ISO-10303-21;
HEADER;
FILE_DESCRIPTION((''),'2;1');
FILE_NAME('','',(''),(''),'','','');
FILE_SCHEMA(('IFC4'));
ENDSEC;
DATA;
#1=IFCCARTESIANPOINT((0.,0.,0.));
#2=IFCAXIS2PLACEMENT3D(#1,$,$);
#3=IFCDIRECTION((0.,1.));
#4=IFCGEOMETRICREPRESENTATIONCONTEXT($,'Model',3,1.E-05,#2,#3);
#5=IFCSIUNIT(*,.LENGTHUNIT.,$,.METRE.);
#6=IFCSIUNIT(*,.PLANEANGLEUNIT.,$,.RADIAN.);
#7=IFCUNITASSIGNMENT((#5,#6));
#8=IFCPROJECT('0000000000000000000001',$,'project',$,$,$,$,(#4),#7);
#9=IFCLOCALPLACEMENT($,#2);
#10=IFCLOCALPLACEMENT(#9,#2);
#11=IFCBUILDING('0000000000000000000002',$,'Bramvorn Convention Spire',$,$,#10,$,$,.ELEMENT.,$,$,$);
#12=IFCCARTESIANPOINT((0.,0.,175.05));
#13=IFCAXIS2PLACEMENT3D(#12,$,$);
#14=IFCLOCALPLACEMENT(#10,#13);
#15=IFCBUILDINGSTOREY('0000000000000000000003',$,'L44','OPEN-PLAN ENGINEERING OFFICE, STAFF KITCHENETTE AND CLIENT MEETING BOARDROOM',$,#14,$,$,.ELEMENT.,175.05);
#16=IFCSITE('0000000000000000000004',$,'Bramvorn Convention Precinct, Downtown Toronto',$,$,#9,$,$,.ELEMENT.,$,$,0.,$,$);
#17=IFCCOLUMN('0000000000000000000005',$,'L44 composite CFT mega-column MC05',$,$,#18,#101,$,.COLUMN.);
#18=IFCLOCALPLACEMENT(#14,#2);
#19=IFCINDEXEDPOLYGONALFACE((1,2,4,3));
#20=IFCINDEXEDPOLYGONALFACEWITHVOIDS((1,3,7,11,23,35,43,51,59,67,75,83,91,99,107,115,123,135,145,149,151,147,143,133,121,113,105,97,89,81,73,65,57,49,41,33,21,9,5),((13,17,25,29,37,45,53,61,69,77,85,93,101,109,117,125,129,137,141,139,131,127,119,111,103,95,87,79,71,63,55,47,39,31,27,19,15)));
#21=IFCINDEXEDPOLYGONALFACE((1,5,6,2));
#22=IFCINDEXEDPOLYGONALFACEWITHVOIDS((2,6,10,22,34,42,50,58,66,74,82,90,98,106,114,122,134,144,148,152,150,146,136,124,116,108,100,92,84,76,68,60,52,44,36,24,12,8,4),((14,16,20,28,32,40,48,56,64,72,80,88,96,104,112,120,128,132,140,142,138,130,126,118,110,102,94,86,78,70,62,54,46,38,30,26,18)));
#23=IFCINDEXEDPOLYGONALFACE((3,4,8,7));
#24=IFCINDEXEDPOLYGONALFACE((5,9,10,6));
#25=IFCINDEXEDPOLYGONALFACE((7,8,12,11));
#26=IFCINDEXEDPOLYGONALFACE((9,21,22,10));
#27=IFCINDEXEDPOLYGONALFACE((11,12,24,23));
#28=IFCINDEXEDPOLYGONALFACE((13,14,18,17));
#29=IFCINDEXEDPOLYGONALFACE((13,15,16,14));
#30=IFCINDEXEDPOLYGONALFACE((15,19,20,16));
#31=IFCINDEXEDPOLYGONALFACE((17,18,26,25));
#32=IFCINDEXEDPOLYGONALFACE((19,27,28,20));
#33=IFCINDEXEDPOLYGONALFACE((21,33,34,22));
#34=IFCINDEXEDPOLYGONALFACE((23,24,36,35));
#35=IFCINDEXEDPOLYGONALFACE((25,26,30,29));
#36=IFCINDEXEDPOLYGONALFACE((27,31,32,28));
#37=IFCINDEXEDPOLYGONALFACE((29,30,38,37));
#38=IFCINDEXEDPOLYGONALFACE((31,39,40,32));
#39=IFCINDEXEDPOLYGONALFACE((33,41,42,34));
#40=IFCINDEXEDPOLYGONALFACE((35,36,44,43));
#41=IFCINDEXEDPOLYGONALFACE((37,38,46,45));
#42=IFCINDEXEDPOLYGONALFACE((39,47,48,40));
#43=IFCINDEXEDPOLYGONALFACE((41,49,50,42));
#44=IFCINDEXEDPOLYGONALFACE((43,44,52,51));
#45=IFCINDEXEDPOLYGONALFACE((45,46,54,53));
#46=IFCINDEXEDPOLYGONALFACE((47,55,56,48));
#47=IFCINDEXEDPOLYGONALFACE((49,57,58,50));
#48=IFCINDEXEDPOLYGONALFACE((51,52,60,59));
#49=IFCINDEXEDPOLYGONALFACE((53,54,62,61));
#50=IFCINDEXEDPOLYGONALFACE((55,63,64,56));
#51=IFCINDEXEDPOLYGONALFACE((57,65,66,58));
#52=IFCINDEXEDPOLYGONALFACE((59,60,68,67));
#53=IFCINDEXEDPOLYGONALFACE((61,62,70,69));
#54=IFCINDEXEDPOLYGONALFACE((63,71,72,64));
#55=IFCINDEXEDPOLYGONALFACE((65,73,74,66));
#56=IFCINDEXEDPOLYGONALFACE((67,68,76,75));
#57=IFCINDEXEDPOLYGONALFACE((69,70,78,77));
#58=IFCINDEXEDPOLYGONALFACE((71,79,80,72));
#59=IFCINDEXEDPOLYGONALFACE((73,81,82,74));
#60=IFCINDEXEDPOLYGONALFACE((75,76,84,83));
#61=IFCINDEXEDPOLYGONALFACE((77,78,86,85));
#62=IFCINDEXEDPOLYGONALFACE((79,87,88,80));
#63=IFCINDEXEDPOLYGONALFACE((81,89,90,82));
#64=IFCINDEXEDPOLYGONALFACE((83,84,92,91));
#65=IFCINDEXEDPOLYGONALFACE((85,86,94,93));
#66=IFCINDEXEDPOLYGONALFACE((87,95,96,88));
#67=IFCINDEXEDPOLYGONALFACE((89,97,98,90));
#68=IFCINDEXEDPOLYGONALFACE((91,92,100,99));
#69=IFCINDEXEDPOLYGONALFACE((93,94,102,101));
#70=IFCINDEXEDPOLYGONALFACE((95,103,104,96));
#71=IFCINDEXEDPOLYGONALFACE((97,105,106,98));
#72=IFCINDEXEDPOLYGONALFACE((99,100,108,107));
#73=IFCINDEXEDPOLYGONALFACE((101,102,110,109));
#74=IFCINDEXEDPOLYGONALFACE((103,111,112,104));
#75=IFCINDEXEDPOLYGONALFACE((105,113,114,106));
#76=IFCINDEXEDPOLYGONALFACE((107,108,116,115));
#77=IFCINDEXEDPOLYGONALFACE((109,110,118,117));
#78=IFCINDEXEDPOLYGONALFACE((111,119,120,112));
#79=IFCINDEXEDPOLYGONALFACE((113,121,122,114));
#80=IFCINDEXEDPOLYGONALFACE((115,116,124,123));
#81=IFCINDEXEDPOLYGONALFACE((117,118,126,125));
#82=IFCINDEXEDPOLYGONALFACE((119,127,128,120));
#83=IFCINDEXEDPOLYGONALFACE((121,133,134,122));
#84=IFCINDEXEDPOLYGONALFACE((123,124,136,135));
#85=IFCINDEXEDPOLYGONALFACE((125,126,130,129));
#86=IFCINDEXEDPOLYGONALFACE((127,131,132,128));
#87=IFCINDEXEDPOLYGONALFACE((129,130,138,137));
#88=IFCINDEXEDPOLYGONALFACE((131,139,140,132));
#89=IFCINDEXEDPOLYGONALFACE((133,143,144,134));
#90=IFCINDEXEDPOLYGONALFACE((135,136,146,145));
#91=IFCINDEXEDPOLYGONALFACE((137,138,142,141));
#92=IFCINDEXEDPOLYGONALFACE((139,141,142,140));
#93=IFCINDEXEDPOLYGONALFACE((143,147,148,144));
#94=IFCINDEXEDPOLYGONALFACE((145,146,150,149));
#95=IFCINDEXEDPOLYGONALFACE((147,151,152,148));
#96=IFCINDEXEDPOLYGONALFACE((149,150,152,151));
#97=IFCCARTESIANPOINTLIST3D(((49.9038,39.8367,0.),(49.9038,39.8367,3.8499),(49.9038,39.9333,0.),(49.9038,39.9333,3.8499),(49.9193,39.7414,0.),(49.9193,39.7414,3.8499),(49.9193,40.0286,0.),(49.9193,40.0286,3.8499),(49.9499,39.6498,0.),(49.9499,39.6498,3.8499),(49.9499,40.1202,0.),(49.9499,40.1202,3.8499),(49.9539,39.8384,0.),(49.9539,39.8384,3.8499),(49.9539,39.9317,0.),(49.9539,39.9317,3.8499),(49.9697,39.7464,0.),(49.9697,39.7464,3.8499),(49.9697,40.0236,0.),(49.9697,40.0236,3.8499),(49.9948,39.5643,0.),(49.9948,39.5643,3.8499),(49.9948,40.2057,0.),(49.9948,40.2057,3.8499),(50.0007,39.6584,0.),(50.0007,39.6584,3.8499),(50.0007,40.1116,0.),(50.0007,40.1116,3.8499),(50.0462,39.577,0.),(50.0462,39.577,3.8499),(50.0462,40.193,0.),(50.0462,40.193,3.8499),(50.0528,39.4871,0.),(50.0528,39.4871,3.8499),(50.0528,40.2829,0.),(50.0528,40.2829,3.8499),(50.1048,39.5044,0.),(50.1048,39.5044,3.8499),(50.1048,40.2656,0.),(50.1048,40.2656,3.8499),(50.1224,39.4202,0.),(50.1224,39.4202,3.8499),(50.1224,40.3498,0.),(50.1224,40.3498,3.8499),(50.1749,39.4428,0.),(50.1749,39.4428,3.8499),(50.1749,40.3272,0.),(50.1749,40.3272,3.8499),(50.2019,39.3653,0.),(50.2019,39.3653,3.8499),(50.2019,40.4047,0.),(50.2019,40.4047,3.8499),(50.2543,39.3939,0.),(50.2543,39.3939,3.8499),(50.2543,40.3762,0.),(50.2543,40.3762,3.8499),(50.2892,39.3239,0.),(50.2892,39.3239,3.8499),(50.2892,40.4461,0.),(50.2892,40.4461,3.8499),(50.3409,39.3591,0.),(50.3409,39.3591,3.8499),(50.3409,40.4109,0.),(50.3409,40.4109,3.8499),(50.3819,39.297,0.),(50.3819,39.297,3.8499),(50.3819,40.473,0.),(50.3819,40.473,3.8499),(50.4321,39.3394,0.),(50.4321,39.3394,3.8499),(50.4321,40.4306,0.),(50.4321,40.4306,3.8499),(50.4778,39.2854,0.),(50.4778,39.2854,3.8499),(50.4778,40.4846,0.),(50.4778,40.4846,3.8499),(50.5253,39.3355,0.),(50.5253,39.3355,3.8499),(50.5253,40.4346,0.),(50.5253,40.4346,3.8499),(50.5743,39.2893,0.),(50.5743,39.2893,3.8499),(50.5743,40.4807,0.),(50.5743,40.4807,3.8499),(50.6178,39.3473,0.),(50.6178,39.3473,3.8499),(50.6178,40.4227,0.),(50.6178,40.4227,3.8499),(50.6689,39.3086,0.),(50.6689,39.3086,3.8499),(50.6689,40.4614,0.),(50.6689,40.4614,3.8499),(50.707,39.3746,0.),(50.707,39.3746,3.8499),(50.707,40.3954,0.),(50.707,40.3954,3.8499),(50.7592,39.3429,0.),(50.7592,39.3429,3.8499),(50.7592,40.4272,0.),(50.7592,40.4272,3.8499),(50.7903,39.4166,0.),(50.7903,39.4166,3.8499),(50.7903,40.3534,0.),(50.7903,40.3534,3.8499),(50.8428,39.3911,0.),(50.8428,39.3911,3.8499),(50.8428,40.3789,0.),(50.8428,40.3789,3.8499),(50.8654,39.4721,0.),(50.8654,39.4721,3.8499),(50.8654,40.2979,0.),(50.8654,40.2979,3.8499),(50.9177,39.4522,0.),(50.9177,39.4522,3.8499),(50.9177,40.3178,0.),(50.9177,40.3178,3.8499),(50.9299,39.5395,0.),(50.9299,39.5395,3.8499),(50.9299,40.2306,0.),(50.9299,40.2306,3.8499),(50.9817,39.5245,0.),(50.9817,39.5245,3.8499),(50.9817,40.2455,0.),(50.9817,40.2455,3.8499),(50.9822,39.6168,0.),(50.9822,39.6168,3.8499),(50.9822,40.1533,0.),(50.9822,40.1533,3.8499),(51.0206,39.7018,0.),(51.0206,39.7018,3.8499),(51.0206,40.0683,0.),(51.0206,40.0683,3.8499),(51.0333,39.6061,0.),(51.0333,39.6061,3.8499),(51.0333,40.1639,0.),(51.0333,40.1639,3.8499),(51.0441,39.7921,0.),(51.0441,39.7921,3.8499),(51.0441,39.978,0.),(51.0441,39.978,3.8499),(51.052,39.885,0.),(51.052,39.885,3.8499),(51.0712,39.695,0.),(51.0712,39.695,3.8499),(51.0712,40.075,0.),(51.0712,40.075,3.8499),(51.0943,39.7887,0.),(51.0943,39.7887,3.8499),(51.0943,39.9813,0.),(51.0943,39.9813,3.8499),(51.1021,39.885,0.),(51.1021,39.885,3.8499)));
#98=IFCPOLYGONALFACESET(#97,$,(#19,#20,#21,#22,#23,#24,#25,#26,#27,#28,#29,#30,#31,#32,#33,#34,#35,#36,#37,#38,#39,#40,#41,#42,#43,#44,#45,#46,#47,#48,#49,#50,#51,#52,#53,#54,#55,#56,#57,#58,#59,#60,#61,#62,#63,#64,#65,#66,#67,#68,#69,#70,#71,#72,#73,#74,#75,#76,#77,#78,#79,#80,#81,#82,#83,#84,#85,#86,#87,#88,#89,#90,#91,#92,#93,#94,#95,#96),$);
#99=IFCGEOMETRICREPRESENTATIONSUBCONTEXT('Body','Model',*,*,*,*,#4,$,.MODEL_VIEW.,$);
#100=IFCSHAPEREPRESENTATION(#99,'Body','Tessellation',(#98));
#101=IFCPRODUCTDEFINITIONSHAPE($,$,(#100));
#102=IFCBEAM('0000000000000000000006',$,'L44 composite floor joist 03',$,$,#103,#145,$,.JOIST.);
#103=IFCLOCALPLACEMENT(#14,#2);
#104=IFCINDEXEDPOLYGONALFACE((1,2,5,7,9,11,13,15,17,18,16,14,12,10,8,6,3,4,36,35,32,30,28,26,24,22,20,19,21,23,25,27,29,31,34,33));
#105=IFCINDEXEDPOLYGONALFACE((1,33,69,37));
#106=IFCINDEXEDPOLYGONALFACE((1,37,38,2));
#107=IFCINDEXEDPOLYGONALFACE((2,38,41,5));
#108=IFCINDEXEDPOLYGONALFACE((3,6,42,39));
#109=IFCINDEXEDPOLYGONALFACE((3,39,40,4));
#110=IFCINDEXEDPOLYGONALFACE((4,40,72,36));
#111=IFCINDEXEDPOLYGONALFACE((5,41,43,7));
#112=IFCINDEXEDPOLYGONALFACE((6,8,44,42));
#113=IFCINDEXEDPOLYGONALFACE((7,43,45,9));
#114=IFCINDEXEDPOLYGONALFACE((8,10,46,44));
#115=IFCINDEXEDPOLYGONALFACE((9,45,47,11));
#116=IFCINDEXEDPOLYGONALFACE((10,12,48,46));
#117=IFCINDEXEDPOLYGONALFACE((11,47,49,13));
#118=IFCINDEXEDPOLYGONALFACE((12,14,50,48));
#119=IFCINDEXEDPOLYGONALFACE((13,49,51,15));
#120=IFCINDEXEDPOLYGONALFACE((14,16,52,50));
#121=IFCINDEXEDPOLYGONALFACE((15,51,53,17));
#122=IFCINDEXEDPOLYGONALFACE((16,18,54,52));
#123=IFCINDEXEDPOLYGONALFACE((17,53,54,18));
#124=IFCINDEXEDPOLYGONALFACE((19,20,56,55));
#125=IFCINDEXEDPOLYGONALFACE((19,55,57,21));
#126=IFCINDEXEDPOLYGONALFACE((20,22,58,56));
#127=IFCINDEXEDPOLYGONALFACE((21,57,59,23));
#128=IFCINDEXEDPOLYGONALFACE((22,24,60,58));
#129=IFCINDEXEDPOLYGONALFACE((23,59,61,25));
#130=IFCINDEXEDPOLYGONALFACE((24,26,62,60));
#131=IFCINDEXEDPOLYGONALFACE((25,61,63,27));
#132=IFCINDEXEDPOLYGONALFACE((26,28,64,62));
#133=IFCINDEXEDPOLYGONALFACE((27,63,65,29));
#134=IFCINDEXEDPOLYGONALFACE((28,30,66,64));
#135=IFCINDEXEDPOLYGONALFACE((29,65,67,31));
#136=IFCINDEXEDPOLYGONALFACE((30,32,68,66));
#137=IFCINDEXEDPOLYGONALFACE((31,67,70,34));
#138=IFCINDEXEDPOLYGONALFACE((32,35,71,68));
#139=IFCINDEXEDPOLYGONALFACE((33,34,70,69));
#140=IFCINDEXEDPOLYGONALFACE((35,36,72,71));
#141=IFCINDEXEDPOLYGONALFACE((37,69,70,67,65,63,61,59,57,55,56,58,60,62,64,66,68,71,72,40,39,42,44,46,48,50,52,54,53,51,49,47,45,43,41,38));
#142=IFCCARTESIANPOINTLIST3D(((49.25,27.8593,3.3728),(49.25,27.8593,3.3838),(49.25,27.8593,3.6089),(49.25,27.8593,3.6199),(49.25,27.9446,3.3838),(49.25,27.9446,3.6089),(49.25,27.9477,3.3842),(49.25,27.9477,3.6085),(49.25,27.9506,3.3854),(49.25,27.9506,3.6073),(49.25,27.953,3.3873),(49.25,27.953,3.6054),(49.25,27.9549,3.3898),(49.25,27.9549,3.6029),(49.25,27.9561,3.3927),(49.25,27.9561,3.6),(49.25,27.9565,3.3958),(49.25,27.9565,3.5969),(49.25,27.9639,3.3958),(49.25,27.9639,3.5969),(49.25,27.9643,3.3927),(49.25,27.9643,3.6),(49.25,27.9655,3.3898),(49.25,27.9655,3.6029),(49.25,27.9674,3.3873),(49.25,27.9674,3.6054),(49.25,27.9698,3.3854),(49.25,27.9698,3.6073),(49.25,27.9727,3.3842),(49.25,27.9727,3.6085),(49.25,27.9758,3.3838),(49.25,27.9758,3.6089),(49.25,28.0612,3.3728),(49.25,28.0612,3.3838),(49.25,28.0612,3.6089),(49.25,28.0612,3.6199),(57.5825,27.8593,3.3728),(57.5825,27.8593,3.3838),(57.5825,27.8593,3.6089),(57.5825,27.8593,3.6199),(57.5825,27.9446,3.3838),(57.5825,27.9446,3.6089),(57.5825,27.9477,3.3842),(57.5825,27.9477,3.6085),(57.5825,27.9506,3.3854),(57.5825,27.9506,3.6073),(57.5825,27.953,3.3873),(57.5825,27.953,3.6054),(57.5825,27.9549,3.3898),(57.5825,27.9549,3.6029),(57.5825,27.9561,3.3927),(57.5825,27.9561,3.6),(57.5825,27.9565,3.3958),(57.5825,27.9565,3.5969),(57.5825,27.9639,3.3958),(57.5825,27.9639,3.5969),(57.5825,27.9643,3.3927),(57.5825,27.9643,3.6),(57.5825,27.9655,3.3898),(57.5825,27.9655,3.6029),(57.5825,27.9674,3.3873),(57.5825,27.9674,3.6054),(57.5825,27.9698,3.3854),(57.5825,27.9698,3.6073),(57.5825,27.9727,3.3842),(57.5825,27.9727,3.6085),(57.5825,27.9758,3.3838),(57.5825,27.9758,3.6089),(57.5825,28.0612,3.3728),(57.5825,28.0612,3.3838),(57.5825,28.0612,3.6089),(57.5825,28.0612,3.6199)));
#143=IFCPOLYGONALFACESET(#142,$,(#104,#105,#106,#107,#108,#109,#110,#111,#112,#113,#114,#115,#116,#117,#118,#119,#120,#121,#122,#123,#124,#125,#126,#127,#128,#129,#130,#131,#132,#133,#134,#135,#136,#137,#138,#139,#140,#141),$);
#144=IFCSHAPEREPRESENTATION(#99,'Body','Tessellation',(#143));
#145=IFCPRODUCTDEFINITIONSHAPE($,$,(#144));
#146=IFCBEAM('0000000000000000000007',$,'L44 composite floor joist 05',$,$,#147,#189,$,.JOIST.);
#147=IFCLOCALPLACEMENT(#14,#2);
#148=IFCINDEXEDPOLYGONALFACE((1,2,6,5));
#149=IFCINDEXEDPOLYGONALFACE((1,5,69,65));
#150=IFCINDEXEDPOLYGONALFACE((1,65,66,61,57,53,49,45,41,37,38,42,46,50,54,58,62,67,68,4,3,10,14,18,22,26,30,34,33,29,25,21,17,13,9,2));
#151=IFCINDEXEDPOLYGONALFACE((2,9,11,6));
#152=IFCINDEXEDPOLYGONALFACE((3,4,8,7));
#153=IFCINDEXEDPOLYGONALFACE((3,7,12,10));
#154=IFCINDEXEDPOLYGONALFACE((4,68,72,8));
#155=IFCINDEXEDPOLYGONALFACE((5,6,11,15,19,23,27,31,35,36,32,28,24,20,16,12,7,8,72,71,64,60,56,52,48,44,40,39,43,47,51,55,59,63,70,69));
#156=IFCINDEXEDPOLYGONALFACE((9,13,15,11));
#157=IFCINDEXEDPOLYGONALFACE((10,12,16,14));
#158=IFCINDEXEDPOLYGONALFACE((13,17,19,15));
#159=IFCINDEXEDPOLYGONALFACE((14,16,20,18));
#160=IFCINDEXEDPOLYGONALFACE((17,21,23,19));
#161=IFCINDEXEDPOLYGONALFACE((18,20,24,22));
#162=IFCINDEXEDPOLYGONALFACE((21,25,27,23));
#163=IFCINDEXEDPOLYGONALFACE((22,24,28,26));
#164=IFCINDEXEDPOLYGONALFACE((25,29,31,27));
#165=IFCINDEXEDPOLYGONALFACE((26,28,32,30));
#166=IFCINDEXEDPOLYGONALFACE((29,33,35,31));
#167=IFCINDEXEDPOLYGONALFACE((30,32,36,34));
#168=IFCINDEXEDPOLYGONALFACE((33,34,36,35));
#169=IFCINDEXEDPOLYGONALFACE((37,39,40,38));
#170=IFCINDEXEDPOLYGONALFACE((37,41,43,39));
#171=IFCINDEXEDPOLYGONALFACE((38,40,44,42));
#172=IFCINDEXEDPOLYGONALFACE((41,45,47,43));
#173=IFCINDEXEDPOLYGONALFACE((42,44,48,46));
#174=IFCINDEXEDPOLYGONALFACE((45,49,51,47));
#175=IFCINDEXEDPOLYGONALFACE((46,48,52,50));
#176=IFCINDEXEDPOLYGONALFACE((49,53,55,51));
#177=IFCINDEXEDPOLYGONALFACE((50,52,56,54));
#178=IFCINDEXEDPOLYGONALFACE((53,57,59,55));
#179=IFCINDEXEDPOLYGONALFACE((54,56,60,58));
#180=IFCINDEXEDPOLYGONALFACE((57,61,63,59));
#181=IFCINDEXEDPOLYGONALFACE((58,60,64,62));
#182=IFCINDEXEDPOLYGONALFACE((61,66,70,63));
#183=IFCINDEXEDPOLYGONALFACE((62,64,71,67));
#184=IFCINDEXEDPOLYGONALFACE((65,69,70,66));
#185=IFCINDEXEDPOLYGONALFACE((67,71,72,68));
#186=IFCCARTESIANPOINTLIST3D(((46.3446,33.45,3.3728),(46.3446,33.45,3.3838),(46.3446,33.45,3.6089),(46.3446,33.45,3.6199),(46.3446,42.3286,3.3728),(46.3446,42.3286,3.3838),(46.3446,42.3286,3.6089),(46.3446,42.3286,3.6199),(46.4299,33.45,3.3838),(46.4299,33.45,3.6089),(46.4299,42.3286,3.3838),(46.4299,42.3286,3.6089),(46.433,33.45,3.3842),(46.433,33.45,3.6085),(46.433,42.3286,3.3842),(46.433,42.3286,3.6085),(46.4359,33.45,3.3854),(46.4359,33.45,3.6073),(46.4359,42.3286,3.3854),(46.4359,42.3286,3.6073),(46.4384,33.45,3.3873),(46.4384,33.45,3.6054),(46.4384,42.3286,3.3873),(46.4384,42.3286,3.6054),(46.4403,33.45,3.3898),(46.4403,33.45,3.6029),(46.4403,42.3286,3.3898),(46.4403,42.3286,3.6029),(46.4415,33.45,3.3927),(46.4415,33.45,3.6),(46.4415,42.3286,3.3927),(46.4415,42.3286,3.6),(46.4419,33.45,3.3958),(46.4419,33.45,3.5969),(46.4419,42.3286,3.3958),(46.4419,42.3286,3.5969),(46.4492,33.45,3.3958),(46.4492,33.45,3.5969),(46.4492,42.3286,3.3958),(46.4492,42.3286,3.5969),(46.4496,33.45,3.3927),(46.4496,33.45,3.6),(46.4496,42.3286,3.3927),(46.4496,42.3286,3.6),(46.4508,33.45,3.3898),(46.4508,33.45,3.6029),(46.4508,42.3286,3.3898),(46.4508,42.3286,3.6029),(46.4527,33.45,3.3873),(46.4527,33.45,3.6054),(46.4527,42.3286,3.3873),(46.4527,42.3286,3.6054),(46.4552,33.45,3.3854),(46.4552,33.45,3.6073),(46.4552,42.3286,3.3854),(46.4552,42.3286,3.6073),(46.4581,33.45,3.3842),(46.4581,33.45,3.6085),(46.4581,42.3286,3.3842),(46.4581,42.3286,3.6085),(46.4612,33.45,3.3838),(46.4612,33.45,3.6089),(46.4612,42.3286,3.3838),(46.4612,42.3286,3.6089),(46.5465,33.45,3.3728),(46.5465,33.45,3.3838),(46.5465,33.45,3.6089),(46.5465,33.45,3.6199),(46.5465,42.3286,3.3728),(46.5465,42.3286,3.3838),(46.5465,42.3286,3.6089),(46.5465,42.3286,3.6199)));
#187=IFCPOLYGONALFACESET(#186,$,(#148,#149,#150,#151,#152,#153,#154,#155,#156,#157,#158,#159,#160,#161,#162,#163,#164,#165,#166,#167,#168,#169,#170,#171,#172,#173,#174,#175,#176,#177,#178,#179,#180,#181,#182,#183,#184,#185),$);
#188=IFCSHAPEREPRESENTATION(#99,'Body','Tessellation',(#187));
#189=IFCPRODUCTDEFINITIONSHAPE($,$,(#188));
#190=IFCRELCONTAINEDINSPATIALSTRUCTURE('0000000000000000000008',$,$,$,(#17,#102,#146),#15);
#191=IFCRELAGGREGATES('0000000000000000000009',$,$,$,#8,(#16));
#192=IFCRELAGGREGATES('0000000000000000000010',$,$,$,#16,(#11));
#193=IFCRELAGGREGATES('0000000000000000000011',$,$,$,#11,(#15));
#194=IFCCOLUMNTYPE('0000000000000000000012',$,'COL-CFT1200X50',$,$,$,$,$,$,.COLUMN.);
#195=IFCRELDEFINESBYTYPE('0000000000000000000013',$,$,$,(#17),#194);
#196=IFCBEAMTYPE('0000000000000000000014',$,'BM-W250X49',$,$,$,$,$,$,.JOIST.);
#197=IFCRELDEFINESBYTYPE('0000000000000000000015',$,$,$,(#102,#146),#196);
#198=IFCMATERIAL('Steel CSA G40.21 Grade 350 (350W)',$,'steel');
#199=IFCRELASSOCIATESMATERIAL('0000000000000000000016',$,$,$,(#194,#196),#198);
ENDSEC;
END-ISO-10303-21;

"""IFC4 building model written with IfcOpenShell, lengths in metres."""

from ifc_helpers import new_model, si_unit, direction, frame, origin, origin_2d, place, context, subcontext, project, spatial, hollow_circle, i_section, extrude, material, material_profile, profile_set, type_object, element, save


model = new_model("IFC4")

# Units and contexts
model_context = context("Model", 3, precision=1e-05, world=origin(), true_north=direction((0.0, 1.0)))
body_context = subcontext(model_context, "Body", "Model", "MODEL_VIEW")
ifc_project = project(units=[si_unit("LENGTHUNIT", "METRE"), si_unit("PLANEANGLEUNIT", "RADIAN")], contexts=[model_context])

# Site, building, storey
site_placement = place(None, origin())
site = spatial("IfcSite", under=ifc_project, at=site_placement, Name="Bramvorn Convention Precinct, Downtown Toronto", CompositionType="ELEMENT", RefElevation=0.0)
building_placement = place(site_placement, origin())
building = spatial("IfcBuilding", under=site, at=building_placement, Name="Bramvorn Convention Spire", CompositionType="ELEMENT")
storey_placement = place(building_placement, frame((0.0, 0.0, 175.05)))
storey = spatial("IfcBuildingStorey", under=building, at=storey_placement, Name="L44", Description="OPEN-PLAN ENGINEERING OFFICE, STAFF KITCHENETTE AND CLIENT MEETING BOARDROOM", CompositionType="ELEMENT", Elevation=175.05)

# Column
ifc_material_1 = material(Name="Steel CSA G40.21 Grade 350 (350W)", Category="steel")
ifc_material_profile_1 = material_profile(ifc_material_1, hollow_circle(Radius=0.6001, WallThickness=0.05, at=origin_2d()))
ifc_profile_set_1 = profile_set([ifc_material_profile_1], Name="Steel CSA G40.21 Grade 350 (350W) - CFT1200X50")
column_type = type_object("IfcColumnType", Name="COL-CFT1200X50", PredefinedType="COLUMN", material=ifc_profile_set_1)
for number, where, z_axis, x_axis, name in (
    (1, (50.502, 39.885, 0.0), (0.0, 0.0, 1.0), (1.0, 0.0, 0.0), "L44 composite CFT mega-column MC05"),
):
    element("IfcColumn", number, at=place(storey_placement, frame(where, z_axis=z_axis, x_axis=x_axis)), inside=storey, type_object=column_type, Name=name, PredefinedType="COLUMN", context=body_context, shape_type="SweptSolid", body=[
        extrude(hollow_circle(Radius=0.6001, WallThickness=0.05, at=origin_2d()), origin(), (0.0, 0.0, 1.0), 3.8499),
    ])

# Beams
ifc_material_profile_2 = material_profile(ifc_material_1, i_section(OverallWidth=0.2019, OverallDepth=0.2471, WebThickness=0.0073, FlangeThickness=0.011, FilletRadius=0.012, at=origin_2d()))
ifc_profile_set_2 = profile_set([ifc_material_profile_2], Name="Steel CSA G40.21 Grade 350 (350W) - W250X49")
beam_type_1 = type_object("IfcBeamType", Name="BM-W250X49", PredefinedType="JOIST", material=ifc_profile_set_2)
beam_1_placement = place(storey_placement, frame((49.25, 27.9602, 3.4963), z_axis=(1.0, 0.0, 0.0), x_axis=(0.0, 1.0, 0.0)))
element("IfcBeam", 2, at=beam_1_placement, inside=storey, type_object=beam_type_1, Name="L44 composite floor joist 03", PredefinedType="JOIST", context=body_context, shape_type="SweptSolid", body=[
    extrude(i_section(OverallWidth=0.2019, OverallDepth=0.2471, WebThickness=0.0073, FlangeThickness=0.011, FilletRadius=0.012, at=origin_2d()), origin(), (0.0, 0.0, 1.0), 8.3325),
])
beam_2_placement = place(storey_placement, frame((46.4456, 33.45, 3.4963), z_axis=(0.0, 1.0, 0.0), x_axis=(-1.0, 0.0, 0.0)))
element("IfcBeam", 3, at=beam_2_placement, inside=storey, type_object=beam_type_1, Name="L44 composite floor joist 05", PredefinedType="JOIST", context=body_context, shape_type="SweptSolid", body=[
    extrude(i_section(OverallWidth=0.2019, OverallDepth=0.2471, WebThickness=0.0073, FlangeThickness=0.011, FilletRadius=0.012, at=origin_2d()), origin(), (0.0, 0.0, 1.0), 8.8787),
])

save(model, "model.ifc")
